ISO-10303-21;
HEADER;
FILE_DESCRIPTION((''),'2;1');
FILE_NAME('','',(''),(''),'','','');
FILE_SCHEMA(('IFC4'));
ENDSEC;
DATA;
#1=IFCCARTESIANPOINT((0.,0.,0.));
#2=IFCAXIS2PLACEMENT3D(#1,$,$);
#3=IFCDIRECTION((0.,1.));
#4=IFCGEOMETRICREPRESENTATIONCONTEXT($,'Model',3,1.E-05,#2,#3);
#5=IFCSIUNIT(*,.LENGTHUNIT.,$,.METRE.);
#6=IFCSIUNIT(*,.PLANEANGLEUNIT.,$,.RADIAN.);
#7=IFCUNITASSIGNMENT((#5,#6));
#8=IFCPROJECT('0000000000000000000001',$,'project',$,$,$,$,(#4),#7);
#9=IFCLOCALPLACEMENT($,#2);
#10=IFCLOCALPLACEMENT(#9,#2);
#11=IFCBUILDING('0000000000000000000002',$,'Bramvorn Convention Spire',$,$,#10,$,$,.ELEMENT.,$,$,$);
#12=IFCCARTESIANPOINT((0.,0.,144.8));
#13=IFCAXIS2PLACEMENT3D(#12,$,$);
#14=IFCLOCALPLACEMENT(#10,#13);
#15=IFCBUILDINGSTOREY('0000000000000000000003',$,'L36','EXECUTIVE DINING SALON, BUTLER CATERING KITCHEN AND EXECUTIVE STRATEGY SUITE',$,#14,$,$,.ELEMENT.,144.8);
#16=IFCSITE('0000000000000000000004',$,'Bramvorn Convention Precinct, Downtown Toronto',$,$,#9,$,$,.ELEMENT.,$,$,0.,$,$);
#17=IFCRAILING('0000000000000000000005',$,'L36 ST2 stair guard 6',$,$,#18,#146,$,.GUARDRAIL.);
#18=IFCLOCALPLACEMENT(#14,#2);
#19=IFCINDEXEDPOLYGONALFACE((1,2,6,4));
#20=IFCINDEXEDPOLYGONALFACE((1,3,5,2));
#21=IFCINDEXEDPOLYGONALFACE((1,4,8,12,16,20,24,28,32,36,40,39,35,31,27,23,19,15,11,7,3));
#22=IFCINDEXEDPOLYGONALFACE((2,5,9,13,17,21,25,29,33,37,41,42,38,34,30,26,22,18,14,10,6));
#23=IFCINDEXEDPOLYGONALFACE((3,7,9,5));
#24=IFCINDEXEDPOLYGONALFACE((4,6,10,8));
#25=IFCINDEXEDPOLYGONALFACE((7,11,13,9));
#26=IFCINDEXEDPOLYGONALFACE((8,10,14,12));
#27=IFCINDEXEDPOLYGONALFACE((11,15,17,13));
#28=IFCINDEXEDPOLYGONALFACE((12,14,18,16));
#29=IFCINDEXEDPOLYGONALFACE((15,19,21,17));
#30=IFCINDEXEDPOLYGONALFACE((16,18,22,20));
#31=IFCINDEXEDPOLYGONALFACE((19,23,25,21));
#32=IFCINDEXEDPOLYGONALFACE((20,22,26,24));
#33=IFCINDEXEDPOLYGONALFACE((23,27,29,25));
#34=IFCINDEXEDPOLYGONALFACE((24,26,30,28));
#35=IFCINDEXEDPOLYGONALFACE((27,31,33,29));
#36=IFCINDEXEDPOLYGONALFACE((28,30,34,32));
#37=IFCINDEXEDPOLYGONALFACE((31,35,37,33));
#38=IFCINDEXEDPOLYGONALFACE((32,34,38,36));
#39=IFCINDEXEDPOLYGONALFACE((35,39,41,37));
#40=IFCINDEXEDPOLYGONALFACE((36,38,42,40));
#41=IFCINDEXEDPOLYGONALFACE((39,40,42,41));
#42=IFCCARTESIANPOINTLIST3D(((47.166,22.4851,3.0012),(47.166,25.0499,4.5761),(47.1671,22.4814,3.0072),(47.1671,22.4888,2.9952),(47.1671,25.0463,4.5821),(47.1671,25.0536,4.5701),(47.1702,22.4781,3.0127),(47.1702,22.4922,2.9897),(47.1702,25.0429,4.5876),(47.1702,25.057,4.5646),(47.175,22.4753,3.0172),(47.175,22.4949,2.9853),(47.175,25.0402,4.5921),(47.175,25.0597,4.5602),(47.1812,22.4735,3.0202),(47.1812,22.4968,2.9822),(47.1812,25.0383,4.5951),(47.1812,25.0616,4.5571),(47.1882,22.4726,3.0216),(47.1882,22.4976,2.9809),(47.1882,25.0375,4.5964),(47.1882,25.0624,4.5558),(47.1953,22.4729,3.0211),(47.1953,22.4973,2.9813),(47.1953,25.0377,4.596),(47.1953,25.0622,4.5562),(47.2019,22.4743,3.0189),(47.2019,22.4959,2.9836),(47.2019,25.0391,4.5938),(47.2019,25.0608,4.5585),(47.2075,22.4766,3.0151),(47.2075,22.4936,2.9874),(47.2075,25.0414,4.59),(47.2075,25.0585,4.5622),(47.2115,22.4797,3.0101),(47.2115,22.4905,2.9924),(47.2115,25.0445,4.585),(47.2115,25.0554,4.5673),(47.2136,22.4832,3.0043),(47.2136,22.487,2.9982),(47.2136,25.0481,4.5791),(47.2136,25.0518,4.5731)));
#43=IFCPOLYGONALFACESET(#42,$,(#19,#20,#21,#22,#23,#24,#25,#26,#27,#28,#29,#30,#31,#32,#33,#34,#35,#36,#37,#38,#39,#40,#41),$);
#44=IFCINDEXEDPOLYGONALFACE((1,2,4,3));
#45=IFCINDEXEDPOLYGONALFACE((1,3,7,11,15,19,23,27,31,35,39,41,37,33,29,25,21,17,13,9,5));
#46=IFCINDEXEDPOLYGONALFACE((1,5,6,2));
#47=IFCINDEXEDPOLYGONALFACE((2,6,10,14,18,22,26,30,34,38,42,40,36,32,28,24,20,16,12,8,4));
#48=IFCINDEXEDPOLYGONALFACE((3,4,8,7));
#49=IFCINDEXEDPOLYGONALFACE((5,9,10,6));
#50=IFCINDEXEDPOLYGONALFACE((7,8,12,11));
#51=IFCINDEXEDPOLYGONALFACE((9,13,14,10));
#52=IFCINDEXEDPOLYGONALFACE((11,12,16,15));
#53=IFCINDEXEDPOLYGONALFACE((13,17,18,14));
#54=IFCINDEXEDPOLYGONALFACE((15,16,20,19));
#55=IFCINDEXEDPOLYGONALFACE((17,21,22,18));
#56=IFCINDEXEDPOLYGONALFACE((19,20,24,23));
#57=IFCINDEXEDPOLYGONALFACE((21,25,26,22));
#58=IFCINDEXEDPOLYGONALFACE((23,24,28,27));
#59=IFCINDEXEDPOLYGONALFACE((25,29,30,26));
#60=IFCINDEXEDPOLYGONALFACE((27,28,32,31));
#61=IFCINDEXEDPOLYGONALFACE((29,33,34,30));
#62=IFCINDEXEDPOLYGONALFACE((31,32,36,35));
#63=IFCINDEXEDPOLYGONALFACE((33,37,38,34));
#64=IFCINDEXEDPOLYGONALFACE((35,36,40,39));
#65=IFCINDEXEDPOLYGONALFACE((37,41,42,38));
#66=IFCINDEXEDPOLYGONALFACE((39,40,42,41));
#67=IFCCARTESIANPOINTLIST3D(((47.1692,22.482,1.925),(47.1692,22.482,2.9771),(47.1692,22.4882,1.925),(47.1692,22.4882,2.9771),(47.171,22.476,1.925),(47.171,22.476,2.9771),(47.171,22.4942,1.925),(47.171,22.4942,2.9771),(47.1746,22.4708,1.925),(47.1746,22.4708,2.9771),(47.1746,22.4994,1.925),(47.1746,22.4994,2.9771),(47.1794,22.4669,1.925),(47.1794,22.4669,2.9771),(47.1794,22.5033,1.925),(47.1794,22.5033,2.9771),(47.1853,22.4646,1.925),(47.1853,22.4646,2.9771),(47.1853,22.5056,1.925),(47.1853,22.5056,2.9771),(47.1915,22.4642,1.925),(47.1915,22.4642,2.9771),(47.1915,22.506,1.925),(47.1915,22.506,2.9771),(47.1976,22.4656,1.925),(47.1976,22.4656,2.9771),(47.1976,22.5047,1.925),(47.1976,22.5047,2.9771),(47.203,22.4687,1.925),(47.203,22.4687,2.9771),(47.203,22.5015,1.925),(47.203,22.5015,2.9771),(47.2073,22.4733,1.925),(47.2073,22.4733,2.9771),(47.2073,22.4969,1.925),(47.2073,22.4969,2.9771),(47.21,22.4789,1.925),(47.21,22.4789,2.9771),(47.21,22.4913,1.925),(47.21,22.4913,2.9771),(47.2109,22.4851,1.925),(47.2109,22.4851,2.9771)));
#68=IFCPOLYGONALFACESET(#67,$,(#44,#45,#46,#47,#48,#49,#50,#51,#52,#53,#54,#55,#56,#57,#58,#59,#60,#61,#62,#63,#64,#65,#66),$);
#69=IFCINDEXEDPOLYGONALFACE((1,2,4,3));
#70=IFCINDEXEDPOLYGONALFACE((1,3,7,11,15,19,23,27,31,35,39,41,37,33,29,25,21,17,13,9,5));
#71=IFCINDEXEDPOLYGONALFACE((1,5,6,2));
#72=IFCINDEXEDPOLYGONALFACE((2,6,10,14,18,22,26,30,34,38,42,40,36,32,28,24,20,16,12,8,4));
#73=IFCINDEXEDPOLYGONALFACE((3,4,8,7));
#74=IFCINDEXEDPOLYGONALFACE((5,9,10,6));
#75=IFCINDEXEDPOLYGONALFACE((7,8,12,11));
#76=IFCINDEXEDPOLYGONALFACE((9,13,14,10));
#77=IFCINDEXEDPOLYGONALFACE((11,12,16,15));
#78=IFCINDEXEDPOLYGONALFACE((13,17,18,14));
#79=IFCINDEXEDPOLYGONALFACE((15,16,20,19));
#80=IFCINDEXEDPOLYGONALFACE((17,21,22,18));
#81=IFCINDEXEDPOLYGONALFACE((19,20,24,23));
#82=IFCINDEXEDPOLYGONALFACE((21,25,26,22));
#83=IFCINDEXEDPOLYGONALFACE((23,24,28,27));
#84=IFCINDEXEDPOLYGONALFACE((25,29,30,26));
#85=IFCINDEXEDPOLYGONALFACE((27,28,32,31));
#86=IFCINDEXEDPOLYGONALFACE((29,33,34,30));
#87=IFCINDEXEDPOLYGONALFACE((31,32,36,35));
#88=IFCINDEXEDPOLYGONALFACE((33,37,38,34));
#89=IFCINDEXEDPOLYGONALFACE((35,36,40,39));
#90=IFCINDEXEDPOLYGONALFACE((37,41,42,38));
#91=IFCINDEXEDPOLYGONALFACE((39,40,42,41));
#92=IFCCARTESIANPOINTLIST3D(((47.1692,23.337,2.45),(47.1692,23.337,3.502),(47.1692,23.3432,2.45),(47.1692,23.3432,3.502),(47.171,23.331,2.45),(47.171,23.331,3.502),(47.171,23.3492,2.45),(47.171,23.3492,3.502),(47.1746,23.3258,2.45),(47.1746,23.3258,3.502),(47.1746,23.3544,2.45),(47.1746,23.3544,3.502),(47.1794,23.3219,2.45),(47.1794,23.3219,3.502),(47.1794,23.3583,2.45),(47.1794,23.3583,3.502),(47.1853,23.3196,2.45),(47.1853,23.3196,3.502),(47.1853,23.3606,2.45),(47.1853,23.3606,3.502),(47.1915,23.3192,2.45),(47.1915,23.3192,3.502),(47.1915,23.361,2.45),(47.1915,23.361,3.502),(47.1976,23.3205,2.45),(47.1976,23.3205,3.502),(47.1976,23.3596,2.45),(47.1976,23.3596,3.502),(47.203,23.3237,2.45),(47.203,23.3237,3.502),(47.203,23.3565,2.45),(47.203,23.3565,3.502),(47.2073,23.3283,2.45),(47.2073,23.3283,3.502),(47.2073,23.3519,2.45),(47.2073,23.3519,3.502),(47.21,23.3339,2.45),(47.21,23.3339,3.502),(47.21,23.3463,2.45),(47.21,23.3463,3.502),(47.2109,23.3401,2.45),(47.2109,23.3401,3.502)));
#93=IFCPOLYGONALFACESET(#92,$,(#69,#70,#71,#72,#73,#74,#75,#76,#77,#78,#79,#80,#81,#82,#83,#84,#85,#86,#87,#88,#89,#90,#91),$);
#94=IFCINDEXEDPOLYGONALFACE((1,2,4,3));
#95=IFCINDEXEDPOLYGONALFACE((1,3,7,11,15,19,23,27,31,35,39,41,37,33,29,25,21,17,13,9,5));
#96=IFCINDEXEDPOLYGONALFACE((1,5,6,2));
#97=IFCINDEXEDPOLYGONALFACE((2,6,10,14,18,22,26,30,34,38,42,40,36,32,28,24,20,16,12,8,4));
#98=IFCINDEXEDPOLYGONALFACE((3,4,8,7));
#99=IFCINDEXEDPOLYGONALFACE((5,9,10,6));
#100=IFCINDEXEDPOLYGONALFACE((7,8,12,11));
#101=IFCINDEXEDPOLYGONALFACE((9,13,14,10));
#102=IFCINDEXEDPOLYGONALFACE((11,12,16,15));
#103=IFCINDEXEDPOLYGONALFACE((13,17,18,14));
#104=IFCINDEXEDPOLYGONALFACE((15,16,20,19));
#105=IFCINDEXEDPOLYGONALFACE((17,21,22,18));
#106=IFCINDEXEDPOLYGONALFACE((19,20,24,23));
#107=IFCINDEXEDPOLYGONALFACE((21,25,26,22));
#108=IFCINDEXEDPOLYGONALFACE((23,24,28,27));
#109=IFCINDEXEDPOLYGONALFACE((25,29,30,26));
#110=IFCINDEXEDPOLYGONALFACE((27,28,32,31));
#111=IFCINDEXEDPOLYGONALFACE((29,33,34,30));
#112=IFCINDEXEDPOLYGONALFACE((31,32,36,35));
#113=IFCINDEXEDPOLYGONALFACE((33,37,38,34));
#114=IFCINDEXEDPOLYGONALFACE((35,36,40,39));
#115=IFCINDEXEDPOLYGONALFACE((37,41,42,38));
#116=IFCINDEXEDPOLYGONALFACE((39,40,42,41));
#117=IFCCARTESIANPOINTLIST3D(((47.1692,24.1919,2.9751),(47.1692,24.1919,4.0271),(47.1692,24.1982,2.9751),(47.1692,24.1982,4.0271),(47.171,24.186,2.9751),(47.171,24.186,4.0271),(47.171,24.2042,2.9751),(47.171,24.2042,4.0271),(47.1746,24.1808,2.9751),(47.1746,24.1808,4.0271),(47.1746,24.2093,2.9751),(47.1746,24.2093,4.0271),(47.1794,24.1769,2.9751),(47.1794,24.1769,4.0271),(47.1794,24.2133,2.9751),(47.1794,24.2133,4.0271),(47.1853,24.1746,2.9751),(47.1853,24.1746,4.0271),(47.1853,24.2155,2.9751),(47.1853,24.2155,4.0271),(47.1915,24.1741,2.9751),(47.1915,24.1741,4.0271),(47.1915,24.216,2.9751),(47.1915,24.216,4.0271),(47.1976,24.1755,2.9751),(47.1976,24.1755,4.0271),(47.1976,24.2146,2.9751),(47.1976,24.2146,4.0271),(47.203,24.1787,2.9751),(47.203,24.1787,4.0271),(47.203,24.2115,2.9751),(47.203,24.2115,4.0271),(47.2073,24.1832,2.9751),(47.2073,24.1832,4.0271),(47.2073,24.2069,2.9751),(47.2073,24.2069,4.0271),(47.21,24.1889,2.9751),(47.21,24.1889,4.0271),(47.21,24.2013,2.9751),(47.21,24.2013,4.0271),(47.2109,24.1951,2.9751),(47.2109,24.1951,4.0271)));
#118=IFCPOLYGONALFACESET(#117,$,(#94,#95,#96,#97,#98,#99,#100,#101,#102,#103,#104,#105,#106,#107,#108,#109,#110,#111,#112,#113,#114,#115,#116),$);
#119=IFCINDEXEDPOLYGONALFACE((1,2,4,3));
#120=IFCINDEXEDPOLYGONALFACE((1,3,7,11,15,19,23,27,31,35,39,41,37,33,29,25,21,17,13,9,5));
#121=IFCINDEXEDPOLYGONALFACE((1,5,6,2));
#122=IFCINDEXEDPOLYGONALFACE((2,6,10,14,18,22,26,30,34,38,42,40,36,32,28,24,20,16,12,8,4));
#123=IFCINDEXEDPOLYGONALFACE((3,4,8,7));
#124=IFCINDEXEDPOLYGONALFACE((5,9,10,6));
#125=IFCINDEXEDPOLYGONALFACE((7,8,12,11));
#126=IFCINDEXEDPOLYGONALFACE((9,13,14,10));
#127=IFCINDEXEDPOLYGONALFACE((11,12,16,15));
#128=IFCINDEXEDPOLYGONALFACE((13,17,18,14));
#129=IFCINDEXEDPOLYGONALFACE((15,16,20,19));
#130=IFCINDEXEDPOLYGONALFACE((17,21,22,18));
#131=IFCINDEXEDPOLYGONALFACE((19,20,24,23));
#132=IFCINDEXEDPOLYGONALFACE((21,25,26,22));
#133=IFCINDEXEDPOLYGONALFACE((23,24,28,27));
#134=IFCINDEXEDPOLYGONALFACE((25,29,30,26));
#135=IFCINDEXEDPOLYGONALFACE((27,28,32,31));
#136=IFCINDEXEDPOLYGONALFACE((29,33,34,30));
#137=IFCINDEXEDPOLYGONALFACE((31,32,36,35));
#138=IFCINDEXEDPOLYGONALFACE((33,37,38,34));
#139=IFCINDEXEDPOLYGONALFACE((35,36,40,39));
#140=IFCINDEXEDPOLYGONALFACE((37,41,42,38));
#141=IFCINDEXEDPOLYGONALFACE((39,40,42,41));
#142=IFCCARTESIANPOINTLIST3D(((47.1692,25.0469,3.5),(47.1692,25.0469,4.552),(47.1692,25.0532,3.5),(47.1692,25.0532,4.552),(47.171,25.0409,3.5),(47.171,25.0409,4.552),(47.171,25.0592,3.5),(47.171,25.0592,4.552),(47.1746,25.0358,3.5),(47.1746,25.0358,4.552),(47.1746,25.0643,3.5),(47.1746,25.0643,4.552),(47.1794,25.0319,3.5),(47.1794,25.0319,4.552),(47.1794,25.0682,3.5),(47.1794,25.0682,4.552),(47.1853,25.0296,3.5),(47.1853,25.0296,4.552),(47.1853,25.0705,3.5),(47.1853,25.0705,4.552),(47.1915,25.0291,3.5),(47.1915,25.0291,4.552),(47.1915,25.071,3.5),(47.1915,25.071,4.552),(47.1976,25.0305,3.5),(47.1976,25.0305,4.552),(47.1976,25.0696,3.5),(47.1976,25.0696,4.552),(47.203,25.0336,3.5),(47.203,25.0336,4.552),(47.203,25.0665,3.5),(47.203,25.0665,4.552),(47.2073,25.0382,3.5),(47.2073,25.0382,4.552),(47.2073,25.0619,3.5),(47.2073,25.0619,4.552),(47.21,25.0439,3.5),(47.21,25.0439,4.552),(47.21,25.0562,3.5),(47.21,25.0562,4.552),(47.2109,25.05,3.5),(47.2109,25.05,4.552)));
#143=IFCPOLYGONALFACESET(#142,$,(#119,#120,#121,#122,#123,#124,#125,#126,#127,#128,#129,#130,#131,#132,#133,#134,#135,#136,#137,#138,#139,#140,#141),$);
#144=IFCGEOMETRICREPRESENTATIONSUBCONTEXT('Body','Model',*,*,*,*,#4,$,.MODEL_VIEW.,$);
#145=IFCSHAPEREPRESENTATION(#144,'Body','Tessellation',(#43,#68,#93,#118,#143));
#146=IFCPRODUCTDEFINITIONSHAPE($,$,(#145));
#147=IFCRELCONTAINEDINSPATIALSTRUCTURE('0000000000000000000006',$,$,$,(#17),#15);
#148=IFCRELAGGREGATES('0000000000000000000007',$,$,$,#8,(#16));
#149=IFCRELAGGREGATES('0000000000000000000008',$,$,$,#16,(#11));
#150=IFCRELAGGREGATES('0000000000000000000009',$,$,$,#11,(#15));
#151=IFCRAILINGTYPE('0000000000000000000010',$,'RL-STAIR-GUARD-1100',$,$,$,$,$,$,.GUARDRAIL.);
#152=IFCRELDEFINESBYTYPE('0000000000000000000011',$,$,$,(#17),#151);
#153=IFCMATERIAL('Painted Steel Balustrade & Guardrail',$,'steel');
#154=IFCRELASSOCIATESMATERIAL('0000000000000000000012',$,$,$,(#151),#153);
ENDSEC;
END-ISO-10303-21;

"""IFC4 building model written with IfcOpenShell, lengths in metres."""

from ifc_helpers import new_model, si_unit, direction, frame, origin, origin_2d, place, context, subcontext, project, spatial, circle, extrude, material, type_object, element, save


model = new_model("IFC4")

# Units and contexts
model_context = context("Model", 3, precision=1e-05, world=origin(), true_north=direction((0.0, 1.0)))
body_context = subcontext(model_context, "Body", "Model", "MODEL_VIEW")
ifc_project = project(units=[si_unit("LENGTHUNIT", "METRE"), si_unit("PLANEANGLEUNIT", "RADIAN")], contexts=[model_context])

# Site, building, storey
site_placement = place(None, origin())
site = spatial("IfcSite", under=ifc_project, at=site_placement, Name="Bramvorn Convention Precinct, Downtown Toronto", CompositionType="ELEMENT", RefElevation=0.0)
building_placement = place(site_placement, origin())
building = spatial("IfcBuilding", under=site, at=building_placement, Name="Bramvorn Convention Spire", CompositionType="ELEMENT")
storey_placement = place(building_placement, frame((0.0, 0.0, 144.8)))
storey = spatial("IfcBuildingStorey", under=building, at=storey_placement, Name="L36", Description="EXECUTIVE DINING SALON, BUTLER CATERING KITCHEN AND EXECUTIVE STRATEGY SUITE", CompositionType="ELEMENT", Elevation=144.8)

# Railing
ifc_material_1 = material(Name="Painted Steel Balustrade & Guardrail", Category="steel")
railing_type_1 = type_object("IfcRailingType", Name="RL-STAIR-GUARD-1100", PredefinedType="GUARDRAIL", material=ifc_material_1)
railing_1_placement = place(storey_placement, frame((47.1899, 22.4851, 1.925)))
element("IfcRailing", 1, at=railing_1_placement, inside=storey, type_object=railing_type_1, Name="L36 ST2 stair guard 6", PredefinedType="GUARDRAIL", context=body_context, shape_type="SweptSolid", body=[
    extrude(circle(Radius=0.0239, at=origin_2d()), frame((0.0, 0.0, 1.0762), z_axis=(0.0, 0.852173, 0.52326), x_axis=(-1.0, 0.0, 0.0)), (0.0, 0.0, 1.0), 3.0098),
    extrude(circle(Radius=0.021, at=origin_2d()), origin(), (0.0, 0.0, 1.0), 1.052),
    extrude(circle(Radius=0.021, at=origin_2d()), frame((0.0, 0.855, 0.5249)), (0.0, 0.0, 1.0), 1.052),
    extrude(circle(Radius=0.021, at=origin_2d()), frame((0.0, 1.71, 1.05)), (0.0, 0.0, 1.0), 1.052),
    extrude(circle(Radius=0.021, at=origin_2d()), frame((0.0, 2.5649, 1.575)), (0.0, 0.0, 1.0), 1.052),
])

save(model, "model.ifc")
